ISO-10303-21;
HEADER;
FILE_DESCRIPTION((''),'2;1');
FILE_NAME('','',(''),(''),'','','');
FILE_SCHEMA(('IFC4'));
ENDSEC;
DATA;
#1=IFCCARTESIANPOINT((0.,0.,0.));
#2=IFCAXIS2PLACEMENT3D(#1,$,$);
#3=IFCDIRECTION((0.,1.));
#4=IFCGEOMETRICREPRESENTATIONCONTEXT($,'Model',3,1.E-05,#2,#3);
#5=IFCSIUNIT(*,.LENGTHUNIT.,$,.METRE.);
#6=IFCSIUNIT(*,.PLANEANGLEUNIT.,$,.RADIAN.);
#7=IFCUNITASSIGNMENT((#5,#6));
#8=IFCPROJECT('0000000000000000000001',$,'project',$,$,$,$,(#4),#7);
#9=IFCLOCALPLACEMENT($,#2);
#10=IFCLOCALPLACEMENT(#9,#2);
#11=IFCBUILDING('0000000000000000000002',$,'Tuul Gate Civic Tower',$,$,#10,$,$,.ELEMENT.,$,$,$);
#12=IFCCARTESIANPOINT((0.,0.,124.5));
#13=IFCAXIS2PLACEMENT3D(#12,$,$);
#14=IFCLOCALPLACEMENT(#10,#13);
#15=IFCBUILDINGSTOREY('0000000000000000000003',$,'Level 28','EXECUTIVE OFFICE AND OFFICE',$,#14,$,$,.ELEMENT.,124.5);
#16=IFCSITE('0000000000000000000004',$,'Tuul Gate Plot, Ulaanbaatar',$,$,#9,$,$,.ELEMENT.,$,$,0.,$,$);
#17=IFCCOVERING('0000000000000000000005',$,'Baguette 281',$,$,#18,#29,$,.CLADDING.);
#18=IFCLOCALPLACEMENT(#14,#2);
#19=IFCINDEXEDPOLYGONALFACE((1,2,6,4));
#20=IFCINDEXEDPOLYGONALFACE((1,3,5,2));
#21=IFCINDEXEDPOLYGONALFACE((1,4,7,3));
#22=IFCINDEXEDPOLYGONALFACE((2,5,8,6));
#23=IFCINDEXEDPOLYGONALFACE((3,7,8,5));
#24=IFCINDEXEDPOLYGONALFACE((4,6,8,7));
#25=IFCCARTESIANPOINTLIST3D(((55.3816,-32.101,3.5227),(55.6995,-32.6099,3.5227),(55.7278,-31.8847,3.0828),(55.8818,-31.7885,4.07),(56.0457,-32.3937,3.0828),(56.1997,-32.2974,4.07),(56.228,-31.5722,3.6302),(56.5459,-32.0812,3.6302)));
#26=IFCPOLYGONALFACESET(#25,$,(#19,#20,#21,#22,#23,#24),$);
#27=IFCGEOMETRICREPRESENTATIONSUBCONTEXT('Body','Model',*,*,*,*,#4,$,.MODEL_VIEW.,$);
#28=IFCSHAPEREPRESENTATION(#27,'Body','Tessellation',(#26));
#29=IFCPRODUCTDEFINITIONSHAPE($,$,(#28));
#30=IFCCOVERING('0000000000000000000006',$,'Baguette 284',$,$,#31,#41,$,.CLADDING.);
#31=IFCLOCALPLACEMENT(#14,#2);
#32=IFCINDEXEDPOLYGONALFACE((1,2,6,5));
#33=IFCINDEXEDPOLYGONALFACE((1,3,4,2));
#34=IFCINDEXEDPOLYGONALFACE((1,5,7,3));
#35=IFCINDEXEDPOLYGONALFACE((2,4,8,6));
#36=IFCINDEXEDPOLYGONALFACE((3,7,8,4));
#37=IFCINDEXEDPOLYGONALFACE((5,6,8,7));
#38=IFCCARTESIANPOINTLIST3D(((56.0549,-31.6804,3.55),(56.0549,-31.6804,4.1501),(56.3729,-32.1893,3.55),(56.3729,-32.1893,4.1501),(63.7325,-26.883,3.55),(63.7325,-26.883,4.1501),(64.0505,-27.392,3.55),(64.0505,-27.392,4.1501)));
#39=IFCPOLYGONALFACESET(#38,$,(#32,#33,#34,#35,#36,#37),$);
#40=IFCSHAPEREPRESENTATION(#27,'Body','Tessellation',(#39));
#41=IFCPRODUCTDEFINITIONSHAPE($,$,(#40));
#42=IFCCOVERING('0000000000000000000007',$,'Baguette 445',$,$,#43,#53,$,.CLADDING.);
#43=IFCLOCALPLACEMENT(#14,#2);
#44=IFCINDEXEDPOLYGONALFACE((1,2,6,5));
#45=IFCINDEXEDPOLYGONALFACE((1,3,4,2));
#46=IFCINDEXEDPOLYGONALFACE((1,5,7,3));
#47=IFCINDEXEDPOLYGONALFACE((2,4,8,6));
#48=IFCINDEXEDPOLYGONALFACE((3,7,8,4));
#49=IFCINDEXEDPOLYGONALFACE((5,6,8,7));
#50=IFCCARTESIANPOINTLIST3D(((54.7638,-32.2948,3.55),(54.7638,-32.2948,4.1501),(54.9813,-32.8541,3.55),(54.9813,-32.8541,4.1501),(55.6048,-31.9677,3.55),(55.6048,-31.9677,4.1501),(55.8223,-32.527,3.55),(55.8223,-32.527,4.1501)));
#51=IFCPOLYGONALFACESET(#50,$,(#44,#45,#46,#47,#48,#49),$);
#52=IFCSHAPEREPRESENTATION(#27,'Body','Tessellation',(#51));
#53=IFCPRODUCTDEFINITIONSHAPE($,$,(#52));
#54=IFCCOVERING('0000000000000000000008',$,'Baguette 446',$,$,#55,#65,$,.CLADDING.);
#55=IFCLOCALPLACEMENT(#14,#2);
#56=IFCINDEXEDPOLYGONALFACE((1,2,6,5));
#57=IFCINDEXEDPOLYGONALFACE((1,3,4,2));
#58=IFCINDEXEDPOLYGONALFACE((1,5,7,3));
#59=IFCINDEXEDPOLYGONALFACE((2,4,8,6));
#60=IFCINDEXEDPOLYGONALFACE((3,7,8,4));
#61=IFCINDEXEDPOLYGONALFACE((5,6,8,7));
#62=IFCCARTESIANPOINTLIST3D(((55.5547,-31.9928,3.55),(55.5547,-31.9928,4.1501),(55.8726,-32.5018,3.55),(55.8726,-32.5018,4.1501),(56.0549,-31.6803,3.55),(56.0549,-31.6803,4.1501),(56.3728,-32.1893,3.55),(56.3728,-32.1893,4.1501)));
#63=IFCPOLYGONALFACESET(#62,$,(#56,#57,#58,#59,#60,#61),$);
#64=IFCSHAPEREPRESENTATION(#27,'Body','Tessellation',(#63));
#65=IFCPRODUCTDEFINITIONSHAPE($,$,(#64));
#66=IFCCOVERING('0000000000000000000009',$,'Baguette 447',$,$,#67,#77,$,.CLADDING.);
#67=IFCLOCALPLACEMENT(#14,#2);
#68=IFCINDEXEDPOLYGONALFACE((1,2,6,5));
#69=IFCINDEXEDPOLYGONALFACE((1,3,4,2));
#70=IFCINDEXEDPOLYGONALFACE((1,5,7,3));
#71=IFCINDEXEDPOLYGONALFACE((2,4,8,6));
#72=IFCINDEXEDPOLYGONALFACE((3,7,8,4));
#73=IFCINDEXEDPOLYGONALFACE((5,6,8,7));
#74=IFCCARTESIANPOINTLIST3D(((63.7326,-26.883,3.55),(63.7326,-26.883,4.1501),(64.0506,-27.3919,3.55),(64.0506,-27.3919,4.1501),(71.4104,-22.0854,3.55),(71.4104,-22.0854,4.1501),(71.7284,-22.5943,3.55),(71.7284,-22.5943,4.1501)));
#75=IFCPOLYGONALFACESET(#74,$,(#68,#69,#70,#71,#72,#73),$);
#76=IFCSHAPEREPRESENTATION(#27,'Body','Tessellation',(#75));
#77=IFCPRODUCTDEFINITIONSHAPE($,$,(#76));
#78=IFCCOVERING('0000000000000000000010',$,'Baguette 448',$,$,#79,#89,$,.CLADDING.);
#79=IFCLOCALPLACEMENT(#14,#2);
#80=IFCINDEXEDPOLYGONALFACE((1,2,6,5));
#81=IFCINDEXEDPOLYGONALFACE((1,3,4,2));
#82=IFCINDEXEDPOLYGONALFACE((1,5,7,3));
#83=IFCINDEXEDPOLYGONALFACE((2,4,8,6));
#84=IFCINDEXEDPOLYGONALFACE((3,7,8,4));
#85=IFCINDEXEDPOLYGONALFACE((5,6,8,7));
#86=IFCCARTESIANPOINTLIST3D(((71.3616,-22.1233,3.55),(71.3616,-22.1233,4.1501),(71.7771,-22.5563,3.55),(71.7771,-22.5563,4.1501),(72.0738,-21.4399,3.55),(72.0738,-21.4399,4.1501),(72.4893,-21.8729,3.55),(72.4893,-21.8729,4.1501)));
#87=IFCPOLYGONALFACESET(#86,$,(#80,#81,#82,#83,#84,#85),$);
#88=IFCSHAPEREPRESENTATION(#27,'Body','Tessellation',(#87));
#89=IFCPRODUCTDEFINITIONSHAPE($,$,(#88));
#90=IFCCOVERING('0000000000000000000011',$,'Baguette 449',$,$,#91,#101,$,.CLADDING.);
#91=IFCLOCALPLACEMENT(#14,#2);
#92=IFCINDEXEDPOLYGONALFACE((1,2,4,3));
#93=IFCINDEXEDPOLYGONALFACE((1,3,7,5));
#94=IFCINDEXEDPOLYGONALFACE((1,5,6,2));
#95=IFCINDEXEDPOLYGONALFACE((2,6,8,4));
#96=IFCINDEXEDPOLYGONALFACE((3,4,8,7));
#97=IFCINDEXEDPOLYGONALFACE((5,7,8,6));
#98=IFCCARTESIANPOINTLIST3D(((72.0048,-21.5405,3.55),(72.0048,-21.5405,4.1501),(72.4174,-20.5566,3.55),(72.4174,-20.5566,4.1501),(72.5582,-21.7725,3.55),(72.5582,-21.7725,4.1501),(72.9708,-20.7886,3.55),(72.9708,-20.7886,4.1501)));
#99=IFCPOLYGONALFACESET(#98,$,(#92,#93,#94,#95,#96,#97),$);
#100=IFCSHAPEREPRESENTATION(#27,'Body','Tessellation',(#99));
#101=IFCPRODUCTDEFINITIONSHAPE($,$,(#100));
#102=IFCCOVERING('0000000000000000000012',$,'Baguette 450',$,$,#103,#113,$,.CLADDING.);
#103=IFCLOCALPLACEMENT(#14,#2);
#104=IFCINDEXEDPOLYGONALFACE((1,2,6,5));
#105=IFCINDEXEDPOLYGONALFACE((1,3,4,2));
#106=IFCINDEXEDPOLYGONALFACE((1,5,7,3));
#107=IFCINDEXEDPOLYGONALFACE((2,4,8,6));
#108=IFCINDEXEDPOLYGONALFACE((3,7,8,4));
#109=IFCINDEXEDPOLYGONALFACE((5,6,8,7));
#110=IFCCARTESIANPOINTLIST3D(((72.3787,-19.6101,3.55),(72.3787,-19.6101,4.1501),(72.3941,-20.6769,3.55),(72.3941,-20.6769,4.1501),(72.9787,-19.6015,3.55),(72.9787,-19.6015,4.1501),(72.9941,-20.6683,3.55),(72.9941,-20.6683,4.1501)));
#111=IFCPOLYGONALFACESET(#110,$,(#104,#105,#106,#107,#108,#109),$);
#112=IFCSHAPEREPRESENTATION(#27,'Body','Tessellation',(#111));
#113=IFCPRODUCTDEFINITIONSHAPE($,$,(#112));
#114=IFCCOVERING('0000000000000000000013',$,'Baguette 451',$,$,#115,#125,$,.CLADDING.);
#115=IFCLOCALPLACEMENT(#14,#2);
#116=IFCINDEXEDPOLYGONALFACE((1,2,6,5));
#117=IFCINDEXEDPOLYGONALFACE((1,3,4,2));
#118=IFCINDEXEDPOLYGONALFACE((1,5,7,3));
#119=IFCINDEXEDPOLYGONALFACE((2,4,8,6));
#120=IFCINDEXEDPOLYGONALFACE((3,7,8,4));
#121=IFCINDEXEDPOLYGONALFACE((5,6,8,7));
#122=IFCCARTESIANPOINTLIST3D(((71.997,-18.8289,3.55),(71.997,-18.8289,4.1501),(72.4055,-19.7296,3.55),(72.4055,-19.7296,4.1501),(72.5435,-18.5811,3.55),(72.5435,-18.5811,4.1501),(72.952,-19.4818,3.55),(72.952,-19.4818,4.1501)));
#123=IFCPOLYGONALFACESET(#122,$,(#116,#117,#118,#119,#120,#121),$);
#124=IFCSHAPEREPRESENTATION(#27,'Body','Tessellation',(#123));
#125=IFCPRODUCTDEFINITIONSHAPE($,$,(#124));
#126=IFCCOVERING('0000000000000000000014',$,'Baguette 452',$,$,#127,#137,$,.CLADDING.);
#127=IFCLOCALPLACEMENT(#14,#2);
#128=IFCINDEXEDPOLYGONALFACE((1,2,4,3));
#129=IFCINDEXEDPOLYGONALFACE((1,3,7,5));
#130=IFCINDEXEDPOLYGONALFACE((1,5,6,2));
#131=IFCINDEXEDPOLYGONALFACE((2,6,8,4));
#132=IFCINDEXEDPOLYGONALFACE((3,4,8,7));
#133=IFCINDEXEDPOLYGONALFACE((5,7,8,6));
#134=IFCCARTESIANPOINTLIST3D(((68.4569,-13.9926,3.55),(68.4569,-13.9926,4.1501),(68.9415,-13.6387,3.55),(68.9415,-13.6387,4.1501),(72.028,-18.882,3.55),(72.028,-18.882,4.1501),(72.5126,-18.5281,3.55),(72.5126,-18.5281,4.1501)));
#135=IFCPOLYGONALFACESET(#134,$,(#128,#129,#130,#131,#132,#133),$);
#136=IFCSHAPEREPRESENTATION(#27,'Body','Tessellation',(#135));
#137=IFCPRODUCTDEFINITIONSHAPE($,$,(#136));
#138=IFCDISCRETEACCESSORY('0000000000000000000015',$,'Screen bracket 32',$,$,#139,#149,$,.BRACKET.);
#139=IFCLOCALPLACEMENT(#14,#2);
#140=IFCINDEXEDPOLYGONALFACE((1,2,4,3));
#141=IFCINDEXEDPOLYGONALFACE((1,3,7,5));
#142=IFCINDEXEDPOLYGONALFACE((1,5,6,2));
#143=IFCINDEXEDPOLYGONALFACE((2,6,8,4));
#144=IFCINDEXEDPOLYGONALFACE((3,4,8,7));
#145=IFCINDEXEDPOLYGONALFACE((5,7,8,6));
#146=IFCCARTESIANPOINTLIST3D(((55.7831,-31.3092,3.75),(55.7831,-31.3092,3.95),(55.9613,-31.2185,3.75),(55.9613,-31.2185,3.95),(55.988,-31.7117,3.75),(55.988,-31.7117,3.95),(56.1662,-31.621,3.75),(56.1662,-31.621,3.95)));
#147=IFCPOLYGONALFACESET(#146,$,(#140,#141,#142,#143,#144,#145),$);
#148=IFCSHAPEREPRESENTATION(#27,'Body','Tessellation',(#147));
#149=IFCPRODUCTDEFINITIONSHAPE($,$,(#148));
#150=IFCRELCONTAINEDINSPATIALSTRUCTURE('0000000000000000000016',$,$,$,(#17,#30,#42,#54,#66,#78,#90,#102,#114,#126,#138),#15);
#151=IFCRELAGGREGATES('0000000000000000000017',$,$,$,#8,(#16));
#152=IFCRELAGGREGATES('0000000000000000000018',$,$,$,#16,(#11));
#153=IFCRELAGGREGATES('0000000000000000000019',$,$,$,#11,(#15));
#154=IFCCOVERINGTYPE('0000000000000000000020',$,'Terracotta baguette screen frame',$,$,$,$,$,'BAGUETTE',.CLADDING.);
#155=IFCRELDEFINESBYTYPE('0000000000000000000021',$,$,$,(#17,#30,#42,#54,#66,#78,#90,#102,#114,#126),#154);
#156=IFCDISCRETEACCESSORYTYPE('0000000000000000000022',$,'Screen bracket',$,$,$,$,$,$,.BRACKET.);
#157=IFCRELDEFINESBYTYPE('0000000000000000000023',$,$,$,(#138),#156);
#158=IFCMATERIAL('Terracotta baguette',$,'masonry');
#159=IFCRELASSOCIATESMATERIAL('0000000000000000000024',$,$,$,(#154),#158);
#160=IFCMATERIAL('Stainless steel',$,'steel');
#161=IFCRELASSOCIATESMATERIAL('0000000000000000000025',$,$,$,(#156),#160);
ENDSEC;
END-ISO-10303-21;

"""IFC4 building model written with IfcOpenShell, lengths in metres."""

from ifc_helpers import new_model, si_unit, direction, frame, origin, origin_2d, place, context, subcontext, project, spatial, rectangle, extrude, material, material_profile, profile_set, type_object, element, save


model = new_model("IFC4")

# Units and contexts
model_context = context("Model", 3, precision=1e-05, world=origin(), true_north=direction((0.0, 1.0)))
body_context = subcontext(model_context, "Body", "Model", "MODEL_VIEW")
ifc_project = project(units=[si_unit("LENGTHUNIT", "METRE"), si_unit("PLANEANGLEUNIT", "RADIAN")], contexts=[model_context])

# Site, building, storey
site_placement = place(None, origin())
site = spatial("IfcSite", under=ifc_project, at=site_placement, Name="Tuul Gate Plot, Ulaanbaatar", CompositionType="ELEMENT", RefElevation=0.0)
building_placement = place(site_placement, origin())
building = spatial("IfcBuilding", under=site, at=building_placement, Name="Tuul Gate Civic Tower", CompositionType="ELEMENT")
storey_placement = place(building_placement, frame((0.0, 0.0, 124.5)))
storey = spatial("IfcBuildingStorey", under=building, at=storey_placement, Name="Level 28", Description="EXECUTIVE OFFICE AND OFFICE", CompositionType="ELEMENT", Elevation=124.5)

# Coverings
ifc_material_1 = material(Name="Terracotta baguette", Category="masonry")
ifc_material_profile_1 = material_profile(ifc_material_1, rectangle(XDim=0.6001, YDim=0.6001, at=origin_2d()), Name="Terracotta baguette screen frame")
ifc_profile_set_1 = profile_set([ifc_material_profile_1], Name="Terracotta baguette")
covering_type = type_object("IfcCoveringType", Name="Terracotta baguette screen frame", ElementType="BAGUETTE", PredefinedType="CLADDING", material=ifc_profile_set_1)
covering_1_placement = place(storey_placement, frame((55.7136, -32.2473, 3.3027), z_axis=(0.62167, 0.388354, 0.680226), x_axis=(-0.529813, 0.848115, 0.0)))
element("IfcCovering", 1, at=covering_1_placement, inside=storey, type_object=covering_type, Name="Baguette 281", PredefinedType="CLADDING", context=body_context, shape_type="SweptSolid", body=[
    extrude(rectangle(XDim=0.6001, YDim=0.6001, at=origin_2d()), origin(), (0.0, 0.0, 1.0), 0.8047),
])
covering_2_placement = place(storey_placement, frame((56.2139, -31.9348, 3.8501), z_axis=(0.848059, 0.529902, 0.0), x_axis=(-0.529902, 0.848059, 0.0)))
element("IfcCovering", 2, at=covering_2_placement, inside=storey, type_object=covering_type, Name="Baguette 284", PredefinedType="CLADDING", context=body_context, shape_type="SweptSolid", body=[
    extrude(rectangle(XDim=0.6001, YDim=0.6001, at=origin_2d()), origin(), (0.0, 0.0, 1.0), 9.0532),
])
covering_3_placement = place(storey_placement, frame((54.8726, -32.5745, 3.8501), z_axis=(0.931979, 0.362512, 0.0), x_axis=(-0.362512, 0.931979, 0.0)))
element("IfcCovering", 3, at=covering_3_placement, inside=storey, type_object=covering_type, Name="Baguette 445", PredefinedType="CLADDING", context=body_context, shape_type="SweptSolid", body=[
    extrude(rectangle(XDim=0.6001, YDim=0.6001, at=origin_2d()), origin(), (0.0, 0.0, 1.0), 0.9023),
])
covering_4_placement = place(storey_placement, frame((55.7136, -32.2473, 3.8501), z_axis=(0.848115, 0.529813, 0.0), x_axis=(-0.529813, 0.848115, 0.0)))
element("IfcCovering", 4, at=covering_4_placement, inside=storey, type_object=covering_type, Name="Baguette 446", PredefinedType="CLADDING", context=body_context, shape_type="SweptSolid", body=[
    extrude(rectangle(XDim=0.6001, YDim=0.6001, at=origin_2d()), origin(), (0.0, 0.0, 1.0), 0.5898),
])
covering_5_placement = place(storey_placement, frame((63.8916, -27.1375, 3.8501), z_axis=(0.848047, 0.529921, 0.0), x_axis=(-0.529921, 0.848047, 0.0)))
element("IfcCovering", 5, at=covering_5_placement, inside=storey, type_object=covering_type, Name="Baguette 447", PredefinedType="CLADDING", context=body_context, shape_type="SweptSolid", body=[
    extrude(rectangle(XDim=0.6001, YDim=0.6001, at=origin_2d()), origin(), (0.0, 0.0, 1.0), 9.0535),
])
covering_6_placement = place(storey_placement, frame((71.5693, -22.3398, 3.8501), z_axis=(0.72155, 0.692362, 0.0), x_axis=(-0.692362, 0.72155, 0.0)))
element("IfcCovering", 6, at=covering_6_placement, inside=storey, type_object=covering_type, Name="Baguette 448", PredefinedType="CLADDING", context=body_context, shape_type="SweptSolid", body=[
    extrude(rectangle(XDim=0.6001, YDim=0.6001, at=origin_2d()), origin(), (0.0, 0.0, 1.0), 0.9871),
])
for number, where, z_axis, x_axis, name in (
    (7, (72.2815, -21.6565, 3.8501), (0.386727, 0.922194, 0.0), (-0.922194, 0.386727, 0.0), "Baguette 449"),
    (8, (72.6941, -20.6726, 3.8501), (-0.014415, 0.999896, 0.0), (-0.999896, -0.014415, 0.0), "Baguette 450"),
):
    element("IfcCovering", number, at=place(storey_placement, frame(where, z_axis=z_axis, x_axis=x_axis)), inside=storey, type_object=covering_type, Name=name, PredefinedType="CLADDING", context=body_context, shape_type="SweptSolid", body=[
        extrude(rectangle(XDim=0.6001, YDim=0.6001, at=origin_2d()), origin(), (0.0, 0.0, 1.0), 1.0669),
    ])
covering_7_placement = place(storey_placement, frame((72.6787, -19.6057, 3.8501), z_axis=(-0.413022, 0.910721, 0.0), x_axis=(-0.910721, -0.413022, 0.0)))
element("IfcCovering", 9, at=covering_7_placement, inside=storey, type_object=covering_type, Name="Baguette 451", PredefinedType="CLADDING", context=body_context, shape_type="SweptSolid", body=[
    extrude(rectangle(XDim=0.6001, YDim=0.6001, at=origin_2d()), origin(), (0.0, 0.0, 1.0), 0.989),
])
covering_8_placement = place(storey_placement, frame((72.2703, -18.7051, 3.8501), z_axis=(-0.589803, 0.807547, 0.0), x_axis=(-0.807547, -0.589803, 0.0)))
element("IfcCovering", 10, at=covering_8_placement, inside=storey, type_object=covering_type, Name="Baguette 452", PredefinedType="CLADDING", context=body_context, shape_type="SweptSolid", body=[
    extrude(rectangle(XDim=0.6001, YDim=0.6001, at=origin_2d()), origin(), (0.0, 0.0, 1.0), 6.0547),
])

# Discrete accessory
ifc_material_2 = material(Name="Stainless steel", Category="steel")
discrete_accessory_type = type_object("IfcDiscreteAccessoryType", Name="Screen bracket", PredefinedType="BRACKET", material=ifc_material_2)
discrete_accessory_placement = place(storey_placement, frame((55.9746, -31.4651, 3.75), z_axis=(0.0, 0.0, 1.0), x_axis=(0.453634, -0.891188, 0.0)))
element("IfcDiscreteAccessory", 11, at=discrete_accessory_placement, inside=storey, type_object=discrete_accessory_type, Name="Screen bracket 32", PredefinedType="BRACKET", context=body_context, shape_type="SweptSolid", body=[
    extrude(rectangle(XDim=0.4517, YDim=0.2, at=origin_2d()), origin(), (0.0, 0.0, 1.0), 0.2),
])

save(model, "model.ifc")
